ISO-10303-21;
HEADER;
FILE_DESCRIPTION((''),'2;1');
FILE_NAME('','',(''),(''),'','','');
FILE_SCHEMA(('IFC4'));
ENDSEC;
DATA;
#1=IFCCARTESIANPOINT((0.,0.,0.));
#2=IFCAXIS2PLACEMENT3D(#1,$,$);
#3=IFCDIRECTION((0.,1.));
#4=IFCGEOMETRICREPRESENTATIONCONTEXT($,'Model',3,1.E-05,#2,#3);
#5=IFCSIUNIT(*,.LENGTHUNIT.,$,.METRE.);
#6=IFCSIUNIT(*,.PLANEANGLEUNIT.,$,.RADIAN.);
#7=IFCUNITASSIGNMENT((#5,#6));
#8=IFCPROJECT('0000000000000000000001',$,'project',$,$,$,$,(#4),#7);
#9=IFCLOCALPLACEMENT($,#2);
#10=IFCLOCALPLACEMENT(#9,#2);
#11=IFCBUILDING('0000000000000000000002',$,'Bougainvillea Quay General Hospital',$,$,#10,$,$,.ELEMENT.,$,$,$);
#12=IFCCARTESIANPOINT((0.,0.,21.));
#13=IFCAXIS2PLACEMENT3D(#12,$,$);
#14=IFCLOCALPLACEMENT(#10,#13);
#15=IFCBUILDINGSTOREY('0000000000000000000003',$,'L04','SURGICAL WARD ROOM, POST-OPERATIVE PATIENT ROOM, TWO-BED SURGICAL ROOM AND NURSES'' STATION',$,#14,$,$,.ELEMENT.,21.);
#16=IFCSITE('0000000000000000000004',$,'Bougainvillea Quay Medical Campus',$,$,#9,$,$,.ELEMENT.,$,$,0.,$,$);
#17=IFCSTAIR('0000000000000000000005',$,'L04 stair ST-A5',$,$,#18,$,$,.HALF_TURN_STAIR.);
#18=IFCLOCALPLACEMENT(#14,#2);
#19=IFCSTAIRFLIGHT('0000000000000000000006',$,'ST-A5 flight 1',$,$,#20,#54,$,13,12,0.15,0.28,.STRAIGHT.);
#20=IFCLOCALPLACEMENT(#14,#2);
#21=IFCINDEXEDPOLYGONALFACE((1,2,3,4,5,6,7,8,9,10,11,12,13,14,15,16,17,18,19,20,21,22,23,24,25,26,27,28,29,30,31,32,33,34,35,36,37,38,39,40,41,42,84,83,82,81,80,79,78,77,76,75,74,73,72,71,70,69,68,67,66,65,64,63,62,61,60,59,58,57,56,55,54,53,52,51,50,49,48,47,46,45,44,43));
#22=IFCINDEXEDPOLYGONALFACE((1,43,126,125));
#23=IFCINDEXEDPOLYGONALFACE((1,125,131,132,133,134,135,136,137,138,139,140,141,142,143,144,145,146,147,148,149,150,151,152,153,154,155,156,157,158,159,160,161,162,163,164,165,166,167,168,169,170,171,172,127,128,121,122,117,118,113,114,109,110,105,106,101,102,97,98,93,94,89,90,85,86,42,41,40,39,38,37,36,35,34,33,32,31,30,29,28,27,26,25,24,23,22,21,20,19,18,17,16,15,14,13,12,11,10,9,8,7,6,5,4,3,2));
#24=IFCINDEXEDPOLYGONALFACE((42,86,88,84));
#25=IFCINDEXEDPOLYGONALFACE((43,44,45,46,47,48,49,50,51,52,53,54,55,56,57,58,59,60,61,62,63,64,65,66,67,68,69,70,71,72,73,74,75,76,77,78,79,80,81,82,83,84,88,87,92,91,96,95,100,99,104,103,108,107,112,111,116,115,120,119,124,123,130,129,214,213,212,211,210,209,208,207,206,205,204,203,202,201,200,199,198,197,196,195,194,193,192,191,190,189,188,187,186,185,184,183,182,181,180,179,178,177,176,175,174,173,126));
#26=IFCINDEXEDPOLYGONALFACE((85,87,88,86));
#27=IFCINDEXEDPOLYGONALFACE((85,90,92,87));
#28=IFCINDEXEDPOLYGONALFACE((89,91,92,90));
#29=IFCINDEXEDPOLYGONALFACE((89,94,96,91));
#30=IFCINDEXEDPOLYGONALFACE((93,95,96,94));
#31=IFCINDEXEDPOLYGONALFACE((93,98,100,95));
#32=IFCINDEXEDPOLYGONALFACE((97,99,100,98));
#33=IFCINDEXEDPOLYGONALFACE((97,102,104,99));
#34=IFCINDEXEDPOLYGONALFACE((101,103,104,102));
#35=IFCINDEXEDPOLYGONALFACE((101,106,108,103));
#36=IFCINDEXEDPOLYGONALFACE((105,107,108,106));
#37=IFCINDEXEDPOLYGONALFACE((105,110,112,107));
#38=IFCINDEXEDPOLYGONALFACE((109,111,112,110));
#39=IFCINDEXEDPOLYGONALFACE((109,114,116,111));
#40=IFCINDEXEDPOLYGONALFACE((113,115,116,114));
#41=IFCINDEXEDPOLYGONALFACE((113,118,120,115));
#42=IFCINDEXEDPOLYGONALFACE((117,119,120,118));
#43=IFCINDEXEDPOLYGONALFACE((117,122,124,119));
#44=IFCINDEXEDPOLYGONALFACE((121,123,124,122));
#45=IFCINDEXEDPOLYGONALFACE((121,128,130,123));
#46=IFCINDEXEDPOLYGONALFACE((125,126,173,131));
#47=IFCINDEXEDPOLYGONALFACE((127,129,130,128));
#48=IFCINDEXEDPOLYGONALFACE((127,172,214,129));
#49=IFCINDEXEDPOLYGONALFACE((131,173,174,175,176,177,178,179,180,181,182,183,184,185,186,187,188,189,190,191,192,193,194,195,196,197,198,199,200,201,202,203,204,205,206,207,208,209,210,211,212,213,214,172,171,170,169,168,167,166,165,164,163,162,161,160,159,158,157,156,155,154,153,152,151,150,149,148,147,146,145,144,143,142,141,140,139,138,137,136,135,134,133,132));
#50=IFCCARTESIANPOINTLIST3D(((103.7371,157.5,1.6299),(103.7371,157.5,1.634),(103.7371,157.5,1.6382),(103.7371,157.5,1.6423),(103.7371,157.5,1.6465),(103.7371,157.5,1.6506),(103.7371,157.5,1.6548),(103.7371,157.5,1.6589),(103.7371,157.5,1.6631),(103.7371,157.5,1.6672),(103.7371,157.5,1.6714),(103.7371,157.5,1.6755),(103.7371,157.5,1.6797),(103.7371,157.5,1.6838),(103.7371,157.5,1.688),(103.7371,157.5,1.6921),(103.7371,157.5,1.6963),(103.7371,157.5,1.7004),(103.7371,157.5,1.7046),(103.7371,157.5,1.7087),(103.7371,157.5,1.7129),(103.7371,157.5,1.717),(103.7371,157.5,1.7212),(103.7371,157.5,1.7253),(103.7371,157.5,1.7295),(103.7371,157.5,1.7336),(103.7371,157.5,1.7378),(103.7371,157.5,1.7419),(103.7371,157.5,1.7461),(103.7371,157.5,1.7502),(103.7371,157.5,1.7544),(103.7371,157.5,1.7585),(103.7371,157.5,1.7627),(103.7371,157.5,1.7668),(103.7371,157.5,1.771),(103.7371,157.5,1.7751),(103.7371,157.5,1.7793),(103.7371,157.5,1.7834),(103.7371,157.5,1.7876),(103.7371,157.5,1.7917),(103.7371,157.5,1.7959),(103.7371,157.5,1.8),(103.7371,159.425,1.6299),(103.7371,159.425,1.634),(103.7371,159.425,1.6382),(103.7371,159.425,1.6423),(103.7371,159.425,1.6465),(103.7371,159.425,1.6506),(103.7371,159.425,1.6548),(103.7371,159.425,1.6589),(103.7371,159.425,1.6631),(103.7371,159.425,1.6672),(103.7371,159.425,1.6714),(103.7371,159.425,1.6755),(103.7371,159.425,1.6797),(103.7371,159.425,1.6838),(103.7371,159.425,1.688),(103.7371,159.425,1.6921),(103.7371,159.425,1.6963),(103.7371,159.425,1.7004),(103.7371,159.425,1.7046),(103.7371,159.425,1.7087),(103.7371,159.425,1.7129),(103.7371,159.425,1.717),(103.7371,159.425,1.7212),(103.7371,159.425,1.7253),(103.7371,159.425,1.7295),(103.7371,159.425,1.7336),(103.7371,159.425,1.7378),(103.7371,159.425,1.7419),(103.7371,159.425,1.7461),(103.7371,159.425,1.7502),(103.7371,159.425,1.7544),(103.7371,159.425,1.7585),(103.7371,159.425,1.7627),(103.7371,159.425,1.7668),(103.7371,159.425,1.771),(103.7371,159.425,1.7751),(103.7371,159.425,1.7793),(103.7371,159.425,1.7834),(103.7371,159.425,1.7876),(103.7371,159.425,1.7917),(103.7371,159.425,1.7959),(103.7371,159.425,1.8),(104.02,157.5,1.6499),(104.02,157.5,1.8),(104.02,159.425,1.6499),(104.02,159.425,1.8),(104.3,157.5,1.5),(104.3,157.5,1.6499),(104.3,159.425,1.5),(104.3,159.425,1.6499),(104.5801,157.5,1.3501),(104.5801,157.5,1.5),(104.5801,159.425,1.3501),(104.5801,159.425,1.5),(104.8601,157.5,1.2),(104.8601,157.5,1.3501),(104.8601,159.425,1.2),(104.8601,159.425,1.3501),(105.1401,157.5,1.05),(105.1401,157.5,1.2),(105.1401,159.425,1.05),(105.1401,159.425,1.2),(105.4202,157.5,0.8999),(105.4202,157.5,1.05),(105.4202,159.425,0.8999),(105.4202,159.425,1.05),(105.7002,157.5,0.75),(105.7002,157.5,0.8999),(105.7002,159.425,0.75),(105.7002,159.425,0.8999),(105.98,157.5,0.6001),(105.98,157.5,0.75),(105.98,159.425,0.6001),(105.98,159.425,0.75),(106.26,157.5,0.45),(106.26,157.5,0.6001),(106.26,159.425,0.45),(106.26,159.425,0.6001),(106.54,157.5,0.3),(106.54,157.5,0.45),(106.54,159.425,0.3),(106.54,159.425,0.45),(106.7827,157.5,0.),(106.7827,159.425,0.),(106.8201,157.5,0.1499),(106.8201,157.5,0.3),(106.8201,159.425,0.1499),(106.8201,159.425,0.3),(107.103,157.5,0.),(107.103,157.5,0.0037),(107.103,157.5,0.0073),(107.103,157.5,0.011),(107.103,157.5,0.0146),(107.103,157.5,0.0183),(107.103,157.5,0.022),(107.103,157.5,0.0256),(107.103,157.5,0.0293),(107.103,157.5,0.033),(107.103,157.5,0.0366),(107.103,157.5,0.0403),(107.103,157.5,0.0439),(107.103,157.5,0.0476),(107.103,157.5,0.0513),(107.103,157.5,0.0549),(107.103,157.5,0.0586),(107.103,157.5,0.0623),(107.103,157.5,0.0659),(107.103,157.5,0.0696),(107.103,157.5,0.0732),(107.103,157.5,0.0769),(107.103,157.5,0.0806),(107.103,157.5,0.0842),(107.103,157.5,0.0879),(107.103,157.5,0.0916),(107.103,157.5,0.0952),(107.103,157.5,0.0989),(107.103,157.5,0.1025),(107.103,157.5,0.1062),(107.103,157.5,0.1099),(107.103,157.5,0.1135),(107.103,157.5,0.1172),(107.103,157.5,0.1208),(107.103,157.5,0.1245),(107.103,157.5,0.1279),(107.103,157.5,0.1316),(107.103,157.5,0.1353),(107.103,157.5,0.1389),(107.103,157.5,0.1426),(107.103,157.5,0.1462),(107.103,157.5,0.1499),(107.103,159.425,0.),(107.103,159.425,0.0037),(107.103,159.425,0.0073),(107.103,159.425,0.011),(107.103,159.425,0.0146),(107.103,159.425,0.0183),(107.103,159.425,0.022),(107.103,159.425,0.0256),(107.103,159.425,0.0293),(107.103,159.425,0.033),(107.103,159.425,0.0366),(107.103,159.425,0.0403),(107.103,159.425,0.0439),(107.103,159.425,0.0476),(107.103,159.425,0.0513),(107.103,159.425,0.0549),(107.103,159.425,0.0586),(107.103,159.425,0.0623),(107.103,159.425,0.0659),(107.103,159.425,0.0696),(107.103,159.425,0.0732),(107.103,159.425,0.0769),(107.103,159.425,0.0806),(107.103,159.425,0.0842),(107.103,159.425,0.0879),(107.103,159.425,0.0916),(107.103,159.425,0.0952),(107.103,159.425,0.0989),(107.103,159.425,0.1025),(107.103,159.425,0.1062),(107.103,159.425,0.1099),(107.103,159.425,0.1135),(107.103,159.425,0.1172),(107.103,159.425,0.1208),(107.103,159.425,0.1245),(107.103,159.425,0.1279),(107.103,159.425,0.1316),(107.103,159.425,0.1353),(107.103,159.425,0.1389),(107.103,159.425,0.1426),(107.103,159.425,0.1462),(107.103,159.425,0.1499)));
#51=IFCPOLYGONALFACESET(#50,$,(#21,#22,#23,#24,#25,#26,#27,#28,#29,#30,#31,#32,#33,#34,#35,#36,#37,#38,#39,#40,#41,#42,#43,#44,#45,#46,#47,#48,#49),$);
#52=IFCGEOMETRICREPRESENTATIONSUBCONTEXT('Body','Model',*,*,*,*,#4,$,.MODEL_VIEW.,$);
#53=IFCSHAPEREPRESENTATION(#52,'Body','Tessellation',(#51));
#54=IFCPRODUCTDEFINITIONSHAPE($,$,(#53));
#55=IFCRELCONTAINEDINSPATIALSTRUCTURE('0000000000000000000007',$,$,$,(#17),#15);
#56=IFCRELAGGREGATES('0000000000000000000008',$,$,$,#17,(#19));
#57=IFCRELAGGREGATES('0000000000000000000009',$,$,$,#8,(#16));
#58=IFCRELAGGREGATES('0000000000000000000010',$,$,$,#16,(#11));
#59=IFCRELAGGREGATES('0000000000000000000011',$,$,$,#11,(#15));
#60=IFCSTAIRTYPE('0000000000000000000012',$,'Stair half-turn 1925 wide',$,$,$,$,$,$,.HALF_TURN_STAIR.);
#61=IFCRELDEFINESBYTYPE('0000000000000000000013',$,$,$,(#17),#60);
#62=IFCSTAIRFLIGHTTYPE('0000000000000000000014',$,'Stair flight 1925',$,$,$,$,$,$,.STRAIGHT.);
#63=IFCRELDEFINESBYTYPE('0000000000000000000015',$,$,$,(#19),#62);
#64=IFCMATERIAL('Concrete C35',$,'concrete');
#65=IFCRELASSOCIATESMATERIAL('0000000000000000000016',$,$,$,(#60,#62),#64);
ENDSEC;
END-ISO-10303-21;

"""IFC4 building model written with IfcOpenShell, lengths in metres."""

from ifc_helpers import new_model, si_unit, direction, frame, origin, place, context, subcontext, project, spatial, polyline, outline, extrude, material, type_object, element, aggregate, save


model = new_model("IFC4")

# Units and contexts
model_context = context("Model", 3, precision=1e-05, world=origin(), true_north=direction((0.0, 1.0)))
body_context = subcontext(model_context, "Body", "Model", "MODEL_VIEW")
ifc_project = project(units=[si_unit("LENGTHUNIT", "METRE"), si_unit("PLANEANGLEUNIT", "RADIAN")], contexts=[model_context])

# Site, building, storey
site_placement = place(None, origin())
site = spatial("IfcSite", under=ifc_project, at=site_placement, Name="Bougainvillea Quay Medical Campus", CompositionType="ELEMENT", RefElevation=0.0)
building_placement = place(site_placement, origin())
building = spatial("IfcBuilding", under=site, at=building_placement, Name="Bougainvillea Quay General Hospital", CompositionType="ELEMENT")
storey_placement = place(building_placement, frame((0.0, 0.0, 21.0)))
storey = spatial("IfcBuildingStorey", under=building, at=storey_placement, Name="L04", Description="SURGICAL WARD ROOM, POST-OPERATIVE PATIENT ROOM, TWO-BED SURGICAL ROOM AND NURSES' STATION", CompositionType="ELEMENT", Elevation=21.0)

# Stair, stair flight
ifc_material_1 = material(Name="Concrete C35", Category="concrete")
stair_type = type_object("IfcStairType", Name="Stair half-turn 1925 wide", PredefinedType="HALF_TURN_STAIR", material=ifc_material_1)
stair_placement = place(storey_placement, origin())
stair = element("IfcStair", 1, at=stair_placement, inside=storey, type_object=stair_type, Name="L04 stair ST-A5", PredefinedType="HALF_TURN_STAIR")
stair_flight_type = type_object("IfcStairFlightType", Name="Stair flight 1925", PredefinedType="STRAIGHT", material=ifc_material_1)
stair_flight_1_placement = place(storey_placement, frame((107.1001, 158.4624, 0.0), z_axis=(0.0, 0.0, 1.0), x_axis=(-1.0, 0.0, 0.0)))
stair_flight_1 = element("IfcStairFlight", 2, at=stair_flight_1_placement, type_object=stair_flight_type, Name="ST-A5 flight 1", NumberOfRisers=13, NumberOfTreads=12, PredefinedType="STRAIGHT", RiserHeight=0.15, TreadLength=0.28, context=body_context, shape_type="SweptSolid", body=[
    extrude(outline(polyline([(-0.0029, 0.0), (-0.0029, 0.0037), (-0.0029, 0.0073), (-0.0029, 0.011), (-0.0029, 0.0146), (-0.0029, 0.0183), (-0.0029, 0.022), (-0.0029, 0.0256), (-0.0029, 0.0293), (-0.0029, 0.033), (-0.0029, 0.0366), (-0.0029, 0.0403), (-0.0029, 0.0439), (-0.0029, 0.0476), (-0.0029, 0.0513), (-0.0029, 0.0549), (-0.0029, 0.0586), (-0.0029, 0.0623), (-0.0029, 0.0659), (-0.0029, 0.0696), (-0.0029, 0.0732), (-0.0029, 0.0769), (-0.0029, 0.0806), (-0.0029, 0.0842), (-0.0029, 0.0879), (-0.0029, 0.0916), (-0.0029, 0.0952), (-0.0029, 0.0989), (-0.0029, 0.1025), (-0.0029, 0.1062), (-0.0029, 0.1099), (-0.0029, 0.1135), (-0.0029, 0.1172), (-0.0029, 0.1208), (-0.0029, 0.1245), (-0.0029, 0.1279), (-0.0029, 0.1316), (-0.0029, 0.1353), (-0.0029, 0.1389), (-0.0029, 0.1426), (-0.0029, 0.1462), (-0.0029, 0.1499), (0.28, 0.1499), (0.28, 0.3), (0.5601, 0.3), (0.5601, 0.45), (0.8401, 0.45), (0.8401, 0.6001), (1.1201, 0.6001), (1.1201, 0.75), (1.3999, 0.75), (1.3999, 0.8999), (1.6799, 0.8999), (1.6799, 1.05), (1.96, 1.05), (1.96, 1.2), (2.24, 1.2), (2.24, 1.3501), (2.52, 1.3501), (2.52, 1.5), (2.8, 1.5), (2.8, 1.6499), (3.0801, 1.6499), (3.0801, 1.8), (3.363, 1.8), (3.363, 1.7959), (3.363, 1.7917), (3.363, 1.7876), (3.363, 1.7834), (3.363, 1.7793), (3.363, 1.7751), (3.363, 1.771), (3.363, 1.7668), (3.363, 1.7627), (3.363, 1.7585), (3.363, 1.7544), (3.363, 1.7502), (3.363, 1.7461), (3.363, 1.7419), (3.363, 1.7378), (3.363, 1.7336), (3.363, 1.7295), (3.363, 1.7253), (3.363, 1.7212), (3.363, 1.717), (3.363, 1.7129), (3.363, 1.7087), (3.363, 1.7046), (3.363, 1.7004), (3.363, 1.6963), (3.363, 1.6921), (3.363, 1.688), (3.363, 1.6838), (3.363, 1.6797), (3.363, 1.6755), (3.363, 1.6714), (3.363, 1.6672), (3.363, 1.6631), (3.363, 1.6589), (3.363, 1.6548), (3.363, 1.6506), (3.363, 1.6465), (3.363, 1.6423), (3.363, 1.6382), (3.363, 1.634), (3.363, 1.6299), (0.3174, 0.0), (-0.0029, 0.0)])), frame((0.0, 0.9624, 0.0), z_axis=(0.0, -1.0, 0.0), x_axis=(1.0, 0.0, 0.0)), (0.0, 0.0, 1.0), 1.925),
])
aggregate(stair, [stair_flight_1])

save(model, "model.ifc")
